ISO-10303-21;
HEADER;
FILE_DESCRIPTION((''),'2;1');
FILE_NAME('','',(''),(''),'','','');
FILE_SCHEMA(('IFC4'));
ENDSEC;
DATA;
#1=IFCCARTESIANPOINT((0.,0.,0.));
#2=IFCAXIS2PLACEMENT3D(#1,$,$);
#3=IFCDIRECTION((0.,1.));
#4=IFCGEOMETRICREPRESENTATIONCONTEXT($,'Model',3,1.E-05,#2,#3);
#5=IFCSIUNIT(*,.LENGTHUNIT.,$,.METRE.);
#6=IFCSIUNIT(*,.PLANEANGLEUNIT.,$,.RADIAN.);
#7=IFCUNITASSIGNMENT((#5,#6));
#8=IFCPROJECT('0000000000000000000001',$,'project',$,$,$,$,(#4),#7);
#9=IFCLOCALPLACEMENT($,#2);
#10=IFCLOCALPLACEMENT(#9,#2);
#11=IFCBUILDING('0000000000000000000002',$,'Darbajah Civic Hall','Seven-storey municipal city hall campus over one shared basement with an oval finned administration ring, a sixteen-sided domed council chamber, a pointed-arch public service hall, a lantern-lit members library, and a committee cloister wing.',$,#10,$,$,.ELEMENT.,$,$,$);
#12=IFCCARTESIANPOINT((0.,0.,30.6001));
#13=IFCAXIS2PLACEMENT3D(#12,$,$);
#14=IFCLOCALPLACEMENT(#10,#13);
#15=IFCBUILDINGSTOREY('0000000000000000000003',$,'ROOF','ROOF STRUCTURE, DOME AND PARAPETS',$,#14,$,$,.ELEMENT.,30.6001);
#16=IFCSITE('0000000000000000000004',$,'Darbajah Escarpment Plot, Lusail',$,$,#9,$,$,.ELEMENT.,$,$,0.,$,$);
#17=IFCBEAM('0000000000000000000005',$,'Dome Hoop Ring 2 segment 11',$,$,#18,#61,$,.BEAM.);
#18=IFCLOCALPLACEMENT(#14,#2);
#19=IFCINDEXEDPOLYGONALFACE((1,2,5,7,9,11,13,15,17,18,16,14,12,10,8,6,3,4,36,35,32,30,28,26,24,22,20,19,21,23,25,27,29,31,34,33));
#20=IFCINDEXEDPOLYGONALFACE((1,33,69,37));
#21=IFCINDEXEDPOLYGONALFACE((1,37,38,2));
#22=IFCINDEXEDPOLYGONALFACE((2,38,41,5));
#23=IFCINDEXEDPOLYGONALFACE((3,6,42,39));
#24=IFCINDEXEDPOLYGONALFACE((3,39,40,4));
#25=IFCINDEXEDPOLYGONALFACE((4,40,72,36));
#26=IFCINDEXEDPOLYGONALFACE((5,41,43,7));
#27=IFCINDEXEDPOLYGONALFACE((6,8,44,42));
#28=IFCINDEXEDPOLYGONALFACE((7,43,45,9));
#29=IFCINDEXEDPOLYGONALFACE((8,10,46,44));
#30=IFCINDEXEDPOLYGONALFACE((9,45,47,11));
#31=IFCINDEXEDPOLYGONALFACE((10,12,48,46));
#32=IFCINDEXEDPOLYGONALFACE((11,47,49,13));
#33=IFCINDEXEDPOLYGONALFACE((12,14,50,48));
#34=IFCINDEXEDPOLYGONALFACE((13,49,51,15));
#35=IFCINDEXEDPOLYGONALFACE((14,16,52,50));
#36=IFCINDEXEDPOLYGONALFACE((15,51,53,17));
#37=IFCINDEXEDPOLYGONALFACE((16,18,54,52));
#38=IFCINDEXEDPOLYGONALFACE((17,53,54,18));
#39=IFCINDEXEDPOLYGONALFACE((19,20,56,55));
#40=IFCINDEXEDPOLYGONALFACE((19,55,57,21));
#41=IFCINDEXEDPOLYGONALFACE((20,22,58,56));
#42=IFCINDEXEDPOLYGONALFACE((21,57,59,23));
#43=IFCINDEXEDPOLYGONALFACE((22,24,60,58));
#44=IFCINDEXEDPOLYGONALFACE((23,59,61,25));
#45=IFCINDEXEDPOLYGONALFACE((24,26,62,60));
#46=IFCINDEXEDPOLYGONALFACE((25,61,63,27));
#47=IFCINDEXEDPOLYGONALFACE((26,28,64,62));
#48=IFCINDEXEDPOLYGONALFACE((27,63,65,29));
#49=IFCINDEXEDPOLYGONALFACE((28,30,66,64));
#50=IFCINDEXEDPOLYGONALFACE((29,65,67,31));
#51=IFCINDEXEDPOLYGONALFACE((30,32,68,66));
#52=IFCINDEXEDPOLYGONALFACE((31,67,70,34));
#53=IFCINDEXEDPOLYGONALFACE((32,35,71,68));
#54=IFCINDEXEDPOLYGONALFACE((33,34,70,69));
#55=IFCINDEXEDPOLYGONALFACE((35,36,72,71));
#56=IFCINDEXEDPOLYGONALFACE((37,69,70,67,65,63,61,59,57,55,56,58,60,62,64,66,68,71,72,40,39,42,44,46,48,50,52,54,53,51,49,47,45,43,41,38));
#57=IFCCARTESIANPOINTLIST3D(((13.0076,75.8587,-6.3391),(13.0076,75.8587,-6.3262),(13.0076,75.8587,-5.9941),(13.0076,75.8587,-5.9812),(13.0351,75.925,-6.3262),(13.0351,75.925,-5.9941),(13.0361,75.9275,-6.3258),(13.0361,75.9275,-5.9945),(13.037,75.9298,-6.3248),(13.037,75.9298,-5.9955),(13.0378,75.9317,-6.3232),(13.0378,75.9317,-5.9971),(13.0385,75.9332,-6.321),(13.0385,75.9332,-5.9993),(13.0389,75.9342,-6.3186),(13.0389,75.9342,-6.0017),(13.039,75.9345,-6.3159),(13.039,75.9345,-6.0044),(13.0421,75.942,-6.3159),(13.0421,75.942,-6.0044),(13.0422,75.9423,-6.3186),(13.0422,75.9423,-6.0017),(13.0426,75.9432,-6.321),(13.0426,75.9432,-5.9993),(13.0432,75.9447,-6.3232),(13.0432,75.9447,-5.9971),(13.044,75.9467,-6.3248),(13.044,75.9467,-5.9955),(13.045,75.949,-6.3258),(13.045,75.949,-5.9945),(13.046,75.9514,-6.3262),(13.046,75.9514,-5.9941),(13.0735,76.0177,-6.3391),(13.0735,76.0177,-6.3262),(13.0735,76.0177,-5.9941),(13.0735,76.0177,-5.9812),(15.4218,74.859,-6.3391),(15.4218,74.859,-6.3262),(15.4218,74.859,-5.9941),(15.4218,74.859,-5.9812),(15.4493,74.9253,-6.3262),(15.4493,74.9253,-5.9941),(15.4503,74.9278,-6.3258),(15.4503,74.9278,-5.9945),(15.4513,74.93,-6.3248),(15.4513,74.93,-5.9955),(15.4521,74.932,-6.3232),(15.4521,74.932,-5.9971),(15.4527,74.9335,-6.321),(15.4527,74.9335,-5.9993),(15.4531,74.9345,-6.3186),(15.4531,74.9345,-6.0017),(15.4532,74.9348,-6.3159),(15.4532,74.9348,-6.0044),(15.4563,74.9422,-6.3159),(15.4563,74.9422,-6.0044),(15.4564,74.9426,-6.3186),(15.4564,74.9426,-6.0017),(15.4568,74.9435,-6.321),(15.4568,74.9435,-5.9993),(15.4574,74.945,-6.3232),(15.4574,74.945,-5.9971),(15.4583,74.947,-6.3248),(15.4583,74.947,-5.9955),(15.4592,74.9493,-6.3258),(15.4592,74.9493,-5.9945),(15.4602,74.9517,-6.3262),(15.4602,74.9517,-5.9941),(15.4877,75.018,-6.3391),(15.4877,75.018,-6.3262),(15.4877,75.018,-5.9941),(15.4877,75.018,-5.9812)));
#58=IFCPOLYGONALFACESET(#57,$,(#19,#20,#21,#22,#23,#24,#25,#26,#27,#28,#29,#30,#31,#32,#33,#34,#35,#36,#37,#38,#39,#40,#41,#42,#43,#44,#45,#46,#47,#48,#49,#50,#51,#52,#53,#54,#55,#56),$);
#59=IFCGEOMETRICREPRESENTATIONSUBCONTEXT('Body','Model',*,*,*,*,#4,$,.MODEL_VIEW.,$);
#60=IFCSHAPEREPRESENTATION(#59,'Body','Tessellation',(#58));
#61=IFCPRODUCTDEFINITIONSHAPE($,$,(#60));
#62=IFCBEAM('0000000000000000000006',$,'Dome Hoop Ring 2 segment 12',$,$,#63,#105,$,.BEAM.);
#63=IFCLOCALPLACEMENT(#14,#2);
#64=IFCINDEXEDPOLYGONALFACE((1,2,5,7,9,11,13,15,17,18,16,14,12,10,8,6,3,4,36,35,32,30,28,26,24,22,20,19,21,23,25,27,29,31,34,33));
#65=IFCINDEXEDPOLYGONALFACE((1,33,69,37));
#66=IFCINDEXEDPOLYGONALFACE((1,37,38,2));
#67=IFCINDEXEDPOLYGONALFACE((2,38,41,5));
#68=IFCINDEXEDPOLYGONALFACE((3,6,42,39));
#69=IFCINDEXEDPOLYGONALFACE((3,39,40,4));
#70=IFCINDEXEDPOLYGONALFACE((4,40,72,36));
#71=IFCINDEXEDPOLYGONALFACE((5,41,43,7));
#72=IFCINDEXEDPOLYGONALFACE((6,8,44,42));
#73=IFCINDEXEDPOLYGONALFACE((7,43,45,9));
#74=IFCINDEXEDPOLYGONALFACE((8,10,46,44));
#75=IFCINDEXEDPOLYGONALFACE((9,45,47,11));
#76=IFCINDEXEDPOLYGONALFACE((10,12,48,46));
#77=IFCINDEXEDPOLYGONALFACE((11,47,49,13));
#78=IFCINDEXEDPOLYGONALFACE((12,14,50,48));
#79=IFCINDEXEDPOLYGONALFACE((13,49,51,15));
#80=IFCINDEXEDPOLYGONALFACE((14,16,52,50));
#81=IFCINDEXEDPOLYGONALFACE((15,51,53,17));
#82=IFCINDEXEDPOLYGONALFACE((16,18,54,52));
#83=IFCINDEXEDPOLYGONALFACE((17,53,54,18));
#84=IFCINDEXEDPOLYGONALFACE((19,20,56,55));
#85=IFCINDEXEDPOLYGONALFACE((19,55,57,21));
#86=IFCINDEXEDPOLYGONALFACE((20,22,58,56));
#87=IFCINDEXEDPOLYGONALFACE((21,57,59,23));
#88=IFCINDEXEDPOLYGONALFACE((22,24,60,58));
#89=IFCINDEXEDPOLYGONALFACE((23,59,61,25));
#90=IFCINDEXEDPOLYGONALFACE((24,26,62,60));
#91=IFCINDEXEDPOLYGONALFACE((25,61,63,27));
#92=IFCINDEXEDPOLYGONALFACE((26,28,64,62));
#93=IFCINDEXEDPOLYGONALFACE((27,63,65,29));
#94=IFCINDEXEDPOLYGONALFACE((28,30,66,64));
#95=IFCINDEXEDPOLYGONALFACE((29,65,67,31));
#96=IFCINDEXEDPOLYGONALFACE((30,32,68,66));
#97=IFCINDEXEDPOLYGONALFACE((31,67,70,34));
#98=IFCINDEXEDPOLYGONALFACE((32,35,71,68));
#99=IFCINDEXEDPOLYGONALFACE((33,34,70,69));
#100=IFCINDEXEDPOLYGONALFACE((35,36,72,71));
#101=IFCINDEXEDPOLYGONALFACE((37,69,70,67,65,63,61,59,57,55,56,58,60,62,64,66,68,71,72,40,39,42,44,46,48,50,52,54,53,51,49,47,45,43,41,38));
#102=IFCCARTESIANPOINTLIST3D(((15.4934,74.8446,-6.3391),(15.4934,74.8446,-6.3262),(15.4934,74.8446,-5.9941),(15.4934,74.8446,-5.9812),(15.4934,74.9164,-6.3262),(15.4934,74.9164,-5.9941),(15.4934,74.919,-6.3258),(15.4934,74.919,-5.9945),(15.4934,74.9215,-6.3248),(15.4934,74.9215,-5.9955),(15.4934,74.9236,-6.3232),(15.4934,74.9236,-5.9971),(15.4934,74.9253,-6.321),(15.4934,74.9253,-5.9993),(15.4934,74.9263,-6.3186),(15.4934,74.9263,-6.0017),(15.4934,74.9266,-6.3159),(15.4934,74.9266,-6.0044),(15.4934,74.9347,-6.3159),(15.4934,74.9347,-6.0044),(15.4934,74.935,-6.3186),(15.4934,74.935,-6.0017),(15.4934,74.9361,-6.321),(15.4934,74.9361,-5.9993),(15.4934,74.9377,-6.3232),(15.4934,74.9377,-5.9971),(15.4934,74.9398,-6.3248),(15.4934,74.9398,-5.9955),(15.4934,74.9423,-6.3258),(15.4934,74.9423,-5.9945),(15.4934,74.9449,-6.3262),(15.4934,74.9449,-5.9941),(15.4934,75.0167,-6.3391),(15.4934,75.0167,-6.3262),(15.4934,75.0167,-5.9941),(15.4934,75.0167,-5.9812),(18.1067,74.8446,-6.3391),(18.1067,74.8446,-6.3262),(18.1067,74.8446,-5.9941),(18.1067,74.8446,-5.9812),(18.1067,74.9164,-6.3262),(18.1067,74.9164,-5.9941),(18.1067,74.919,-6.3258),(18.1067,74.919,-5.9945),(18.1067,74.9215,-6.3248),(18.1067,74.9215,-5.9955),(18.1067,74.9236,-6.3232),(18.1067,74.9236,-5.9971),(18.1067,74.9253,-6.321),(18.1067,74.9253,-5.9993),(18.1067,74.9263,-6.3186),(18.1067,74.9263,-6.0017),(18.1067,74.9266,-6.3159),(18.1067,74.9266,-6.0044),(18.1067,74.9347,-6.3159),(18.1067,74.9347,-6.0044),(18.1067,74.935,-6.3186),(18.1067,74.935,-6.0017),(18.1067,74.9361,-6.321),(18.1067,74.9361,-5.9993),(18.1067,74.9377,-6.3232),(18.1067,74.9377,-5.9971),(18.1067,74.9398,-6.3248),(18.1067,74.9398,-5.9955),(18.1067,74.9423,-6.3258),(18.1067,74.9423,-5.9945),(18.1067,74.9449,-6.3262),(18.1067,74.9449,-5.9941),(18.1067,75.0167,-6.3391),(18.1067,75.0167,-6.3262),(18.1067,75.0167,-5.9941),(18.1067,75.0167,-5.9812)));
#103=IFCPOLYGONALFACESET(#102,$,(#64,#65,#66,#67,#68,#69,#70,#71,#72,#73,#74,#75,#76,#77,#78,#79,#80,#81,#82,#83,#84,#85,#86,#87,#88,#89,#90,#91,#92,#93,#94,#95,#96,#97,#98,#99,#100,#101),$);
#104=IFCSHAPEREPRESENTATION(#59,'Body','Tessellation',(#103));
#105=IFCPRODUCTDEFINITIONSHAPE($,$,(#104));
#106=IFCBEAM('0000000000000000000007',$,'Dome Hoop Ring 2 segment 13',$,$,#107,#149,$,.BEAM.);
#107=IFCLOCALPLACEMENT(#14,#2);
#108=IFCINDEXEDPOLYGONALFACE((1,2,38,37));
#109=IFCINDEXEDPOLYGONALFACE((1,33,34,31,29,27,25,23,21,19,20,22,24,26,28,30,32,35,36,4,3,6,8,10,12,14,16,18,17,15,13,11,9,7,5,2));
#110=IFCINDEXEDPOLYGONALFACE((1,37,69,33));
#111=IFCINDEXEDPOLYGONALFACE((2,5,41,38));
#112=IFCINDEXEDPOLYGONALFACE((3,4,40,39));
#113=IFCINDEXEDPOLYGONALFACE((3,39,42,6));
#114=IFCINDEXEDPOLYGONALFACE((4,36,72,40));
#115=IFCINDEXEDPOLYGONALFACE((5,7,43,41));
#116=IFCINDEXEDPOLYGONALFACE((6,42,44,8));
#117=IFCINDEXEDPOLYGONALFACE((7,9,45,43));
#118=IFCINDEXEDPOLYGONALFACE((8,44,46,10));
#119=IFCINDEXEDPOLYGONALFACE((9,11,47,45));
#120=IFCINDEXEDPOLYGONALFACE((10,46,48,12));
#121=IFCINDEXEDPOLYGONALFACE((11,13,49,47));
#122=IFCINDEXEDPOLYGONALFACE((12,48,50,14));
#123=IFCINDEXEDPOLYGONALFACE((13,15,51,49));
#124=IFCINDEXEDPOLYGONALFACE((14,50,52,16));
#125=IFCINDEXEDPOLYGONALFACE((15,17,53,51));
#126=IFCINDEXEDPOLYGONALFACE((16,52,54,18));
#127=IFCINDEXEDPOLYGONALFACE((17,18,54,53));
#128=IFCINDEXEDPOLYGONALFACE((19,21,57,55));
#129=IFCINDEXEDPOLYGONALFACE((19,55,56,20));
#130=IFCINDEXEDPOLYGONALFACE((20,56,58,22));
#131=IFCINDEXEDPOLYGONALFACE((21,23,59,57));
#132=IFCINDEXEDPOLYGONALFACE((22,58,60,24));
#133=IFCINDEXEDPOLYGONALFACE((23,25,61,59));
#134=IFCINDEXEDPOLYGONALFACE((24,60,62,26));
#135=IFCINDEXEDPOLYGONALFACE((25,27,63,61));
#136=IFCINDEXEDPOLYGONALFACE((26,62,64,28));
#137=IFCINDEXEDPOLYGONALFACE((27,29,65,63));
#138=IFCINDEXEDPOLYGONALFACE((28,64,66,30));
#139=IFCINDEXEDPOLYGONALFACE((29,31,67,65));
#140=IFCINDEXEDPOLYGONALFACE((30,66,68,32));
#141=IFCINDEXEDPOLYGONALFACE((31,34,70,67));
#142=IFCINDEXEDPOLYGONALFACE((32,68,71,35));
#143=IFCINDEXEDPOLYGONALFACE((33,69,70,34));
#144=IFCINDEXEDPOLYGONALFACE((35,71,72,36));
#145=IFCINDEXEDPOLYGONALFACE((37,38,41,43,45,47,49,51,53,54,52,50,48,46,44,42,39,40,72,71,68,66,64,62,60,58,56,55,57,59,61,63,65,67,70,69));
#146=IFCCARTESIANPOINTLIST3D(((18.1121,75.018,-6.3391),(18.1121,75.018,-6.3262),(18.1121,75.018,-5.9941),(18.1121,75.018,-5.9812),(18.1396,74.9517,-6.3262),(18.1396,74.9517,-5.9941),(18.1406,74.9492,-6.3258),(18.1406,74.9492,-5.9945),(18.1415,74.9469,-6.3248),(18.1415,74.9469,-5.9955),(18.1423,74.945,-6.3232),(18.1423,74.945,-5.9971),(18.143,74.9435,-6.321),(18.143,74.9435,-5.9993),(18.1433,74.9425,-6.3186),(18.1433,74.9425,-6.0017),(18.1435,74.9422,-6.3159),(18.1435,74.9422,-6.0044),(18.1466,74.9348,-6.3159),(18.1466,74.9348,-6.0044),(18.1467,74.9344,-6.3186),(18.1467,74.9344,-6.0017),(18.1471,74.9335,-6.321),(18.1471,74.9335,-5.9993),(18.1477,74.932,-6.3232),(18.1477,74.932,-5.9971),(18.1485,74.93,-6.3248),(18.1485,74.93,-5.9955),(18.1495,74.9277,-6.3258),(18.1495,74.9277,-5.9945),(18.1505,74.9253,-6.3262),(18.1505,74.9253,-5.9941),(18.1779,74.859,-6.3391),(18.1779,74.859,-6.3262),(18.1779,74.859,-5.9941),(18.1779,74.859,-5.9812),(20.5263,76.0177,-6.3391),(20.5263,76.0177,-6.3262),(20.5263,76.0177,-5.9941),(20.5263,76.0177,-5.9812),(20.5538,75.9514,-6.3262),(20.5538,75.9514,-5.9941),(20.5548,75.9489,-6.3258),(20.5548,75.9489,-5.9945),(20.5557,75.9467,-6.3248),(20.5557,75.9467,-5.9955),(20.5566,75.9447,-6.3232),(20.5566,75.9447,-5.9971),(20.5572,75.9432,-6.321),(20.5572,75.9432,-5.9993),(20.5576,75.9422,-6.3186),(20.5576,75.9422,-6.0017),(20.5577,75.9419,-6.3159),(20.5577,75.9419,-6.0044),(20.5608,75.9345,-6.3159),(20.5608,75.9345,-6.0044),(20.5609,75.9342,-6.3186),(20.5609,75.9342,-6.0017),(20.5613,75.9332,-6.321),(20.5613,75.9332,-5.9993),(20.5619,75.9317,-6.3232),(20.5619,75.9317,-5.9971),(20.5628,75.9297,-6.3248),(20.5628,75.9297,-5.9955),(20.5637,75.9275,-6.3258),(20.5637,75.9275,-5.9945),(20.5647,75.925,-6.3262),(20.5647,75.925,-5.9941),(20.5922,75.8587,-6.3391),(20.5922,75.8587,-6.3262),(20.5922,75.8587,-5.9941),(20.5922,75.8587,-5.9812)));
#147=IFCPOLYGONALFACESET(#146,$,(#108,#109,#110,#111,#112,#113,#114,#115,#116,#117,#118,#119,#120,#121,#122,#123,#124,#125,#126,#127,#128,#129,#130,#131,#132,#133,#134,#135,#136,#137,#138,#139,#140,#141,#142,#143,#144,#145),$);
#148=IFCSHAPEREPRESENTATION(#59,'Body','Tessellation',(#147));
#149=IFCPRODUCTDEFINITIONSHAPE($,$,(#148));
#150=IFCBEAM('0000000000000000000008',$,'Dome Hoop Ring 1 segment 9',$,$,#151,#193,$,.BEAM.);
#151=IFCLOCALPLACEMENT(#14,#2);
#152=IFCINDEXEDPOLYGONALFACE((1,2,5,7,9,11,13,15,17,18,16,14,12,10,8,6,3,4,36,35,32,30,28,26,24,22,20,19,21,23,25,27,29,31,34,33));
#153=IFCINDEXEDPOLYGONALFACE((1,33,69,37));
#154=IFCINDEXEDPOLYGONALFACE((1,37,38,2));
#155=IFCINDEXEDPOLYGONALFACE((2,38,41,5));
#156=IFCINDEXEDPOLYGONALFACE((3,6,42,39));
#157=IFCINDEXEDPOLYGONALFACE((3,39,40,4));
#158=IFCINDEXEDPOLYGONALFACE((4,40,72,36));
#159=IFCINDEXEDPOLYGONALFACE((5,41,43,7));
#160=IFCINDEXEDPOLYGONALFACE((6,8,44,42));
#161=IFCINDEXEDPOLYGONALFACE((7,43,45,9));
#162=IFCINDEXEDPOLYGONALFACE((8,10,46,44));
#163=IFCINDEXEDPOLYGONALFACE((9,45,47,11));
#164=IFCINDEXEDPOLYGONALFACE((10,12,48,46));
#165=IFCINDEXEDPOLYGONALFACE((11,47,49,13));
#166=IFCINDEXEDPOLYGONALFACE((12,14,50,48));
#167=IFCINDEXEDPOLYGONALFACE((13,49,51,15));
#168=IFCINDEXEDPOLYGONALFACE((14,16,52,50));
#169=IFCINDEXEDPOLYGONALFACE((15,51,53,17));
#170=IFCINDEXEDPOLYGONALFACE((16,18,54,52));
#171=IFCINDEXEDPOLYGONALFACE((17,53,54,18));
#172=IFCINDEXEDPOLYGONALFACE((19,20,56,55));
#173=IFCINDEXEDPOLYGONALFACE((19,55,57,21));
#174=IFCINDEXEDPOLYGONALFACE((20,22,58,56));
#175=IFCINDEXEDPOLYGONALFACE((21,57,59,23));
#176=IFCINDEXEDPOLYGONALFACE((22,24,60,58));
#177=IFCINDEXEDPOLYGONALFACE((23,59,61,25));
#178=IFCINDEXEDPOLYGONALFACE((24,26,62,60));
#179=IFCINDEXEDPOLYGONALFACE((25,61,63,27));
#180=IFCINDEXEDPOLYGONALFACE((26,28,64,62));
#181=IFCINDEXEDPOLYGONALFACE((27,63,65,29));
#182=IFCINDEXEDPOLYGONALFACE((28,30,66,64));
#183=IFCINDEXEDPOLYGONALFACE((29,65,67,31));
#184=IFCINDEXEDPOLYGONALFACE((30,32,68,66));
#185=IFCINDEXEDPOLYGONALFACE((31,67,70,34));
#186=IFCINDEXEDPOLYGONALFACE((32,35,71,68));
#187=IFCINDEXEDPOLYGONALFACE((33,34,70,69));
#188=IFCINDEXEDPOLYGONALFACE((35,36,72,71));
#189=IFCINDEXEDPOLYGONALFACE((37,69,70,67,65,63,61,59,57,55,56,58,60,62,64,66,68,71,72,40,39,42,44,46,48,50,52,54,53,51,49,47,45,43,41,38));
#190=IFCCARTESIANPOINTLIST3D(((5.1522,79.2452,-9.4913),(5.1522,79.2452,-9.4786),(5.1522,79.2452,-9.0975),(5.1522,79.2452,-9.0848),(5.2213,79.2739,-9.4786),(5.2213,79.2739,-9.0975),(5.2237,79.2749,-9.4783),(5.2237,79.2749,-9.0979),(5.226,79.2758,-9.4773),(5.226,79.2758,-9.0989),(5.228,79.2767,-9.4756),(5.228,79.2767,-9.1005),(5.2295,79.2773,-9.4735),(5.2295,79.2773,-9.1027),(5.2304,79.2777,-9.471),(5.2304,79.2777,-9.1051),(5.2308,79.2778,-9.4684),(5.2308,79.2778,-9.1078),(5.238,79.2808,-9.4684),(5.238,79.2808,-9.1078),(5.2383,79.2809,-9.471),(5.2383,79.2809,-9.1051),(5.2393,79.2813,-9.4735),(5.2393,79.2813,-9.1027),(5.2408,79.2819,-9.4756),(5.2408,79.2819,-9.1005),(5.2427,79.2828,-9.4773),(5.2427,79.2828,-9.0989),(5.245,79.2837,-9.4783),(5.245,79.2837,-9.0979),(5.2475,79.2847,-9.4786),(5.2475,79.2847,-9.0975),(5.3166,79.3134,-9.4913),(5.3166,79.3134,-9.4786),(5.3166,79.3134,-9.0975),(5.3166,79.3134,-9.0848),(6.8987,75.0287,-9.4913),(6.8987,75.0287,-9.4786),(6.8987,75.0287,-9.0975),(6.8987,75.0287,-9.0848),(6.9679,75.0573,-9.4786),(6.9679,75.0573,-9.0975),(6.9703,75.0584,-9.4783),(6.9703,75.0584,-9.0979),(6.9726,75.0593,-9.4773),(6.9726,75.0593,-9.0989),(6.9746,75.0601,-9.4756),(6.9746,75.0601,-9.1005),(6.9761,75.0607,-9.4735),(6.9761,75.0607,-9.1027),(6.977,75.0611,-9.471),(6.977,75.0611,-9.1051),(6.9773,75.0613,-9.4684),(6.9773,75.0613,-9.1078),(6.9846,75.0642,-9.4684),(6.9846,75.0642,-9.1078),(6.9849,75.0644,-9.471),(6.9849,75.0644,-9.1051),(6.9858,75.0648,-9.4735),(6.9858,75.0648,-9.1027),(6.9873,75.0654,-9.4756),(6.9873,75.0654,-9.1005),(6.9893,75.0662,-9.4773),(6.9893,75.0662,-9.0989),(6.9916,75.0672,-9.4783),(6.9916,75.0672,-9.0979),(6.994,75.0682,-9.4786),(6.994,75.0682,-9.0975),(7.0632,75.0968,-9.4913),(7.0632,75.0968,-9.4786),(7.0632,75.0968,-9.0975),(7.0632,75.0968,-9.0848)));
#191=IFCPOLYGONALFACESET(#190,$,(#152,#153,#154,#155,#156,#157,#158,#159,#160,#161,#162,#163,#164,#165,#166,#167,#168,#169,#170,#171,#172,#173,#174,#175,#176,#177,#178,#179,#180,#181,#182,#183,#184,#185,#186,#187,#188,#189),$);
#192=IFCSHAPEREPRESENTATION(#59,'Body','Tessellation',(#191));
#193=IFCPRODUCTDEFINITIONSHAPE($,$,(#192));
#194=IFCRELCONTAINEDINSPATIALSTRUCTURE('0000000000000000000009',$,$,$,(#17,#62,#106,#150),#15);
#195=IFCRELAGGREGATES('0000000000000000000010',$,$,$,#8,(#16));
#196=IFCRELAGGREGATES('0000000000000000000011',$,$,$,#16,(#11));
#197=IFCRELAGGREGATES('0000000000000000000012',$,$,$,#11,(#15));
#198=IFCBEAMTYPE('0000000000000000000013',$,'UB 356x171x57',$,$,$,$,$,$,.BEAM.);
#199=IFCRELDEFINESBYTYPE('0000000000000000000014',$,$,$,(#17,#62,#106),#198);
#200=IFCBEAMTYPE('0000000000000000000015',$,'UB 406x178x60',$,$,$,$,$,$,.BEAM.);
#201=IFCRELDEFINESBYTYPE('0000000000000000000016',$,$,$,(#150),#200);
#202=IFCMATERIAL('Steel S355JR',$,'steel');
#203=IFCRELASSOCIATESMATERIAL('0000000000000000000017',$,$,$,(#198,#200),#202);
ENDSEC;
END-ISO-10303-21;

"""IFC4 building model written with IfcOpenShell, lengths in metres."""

from ifc_helpers import new_model, si_unit, direction, frame, origin, origin_2d, place, context, subcontext, project, spatial, i_section, extrude, material, material_profile, profile_set, type_object, element, save


model = new_model("IFC4")

# Units and contexts
model_context = context("Model", 3, precision=1e-05, world=origin(), true_north=direction((0.0, 1.0)))
body_context = subcontext(model_context, "Body", "Model", "MODEL_VIEW")
ifc_project = project(units=[si_unit("LENGTHUNIT", "METRE"), si_unit("PLANEANGLEUNIT", "RADIAN")], contexts=[model_context])

# Site, building, storey
site_placement = place(None, origin())
site = spatial("IfcSite", under=ifc_project, at=site_placement, Name="Darbajah Escarpment Plot, Lusail", CompositionType="ELEMENT", RefElevation=0.0)
building_placement = place(site_placement, origin())
building = spatial("IfcBuilding", under=site, at=building_placement, Name="Darbajah Civic Hall", Description="Seven-storey municipal city hall campus over one shared basement with an oval finned administration ring, a sixteen-sided domed council chamber, a pointed-arch public service hall, a lantern-lit members library, and a committee cloister wing.", CompositionType="ELEMENT")
storey_placement = place(building_placement, frame((0.0, 0.0, 30.6001)))
storey = spatial("IfcBuildingStorey", under=building, at=storey_placement, Name="ROOF", Description="ROOF STRUCTURE, DOME AND PARAPETS", CompositionType="ELEMENT", Elevation=30.6001)

# Shared definitions
ifc_material = material(Name="Steel S355JR", Category="steel")

# Beams
ifc_material_profile_1 = material_profile(ifc_material, i_section(OverallWidth=0.1721, OverallDepth=0.3579, WebThickness=0.0081, FlangeThickness=0.0129, FilletRadius=0.0103, at=origin_2d()), Name="UB 356x171x57")
ifc_profile_set_1 = profile_set([ifc_material_profile_1], Name="Steel S355JR")
beam_type_1 = type_object("IfcBeamType", Name="UB 356x171x57", PredefinedType="BEAM", material=ifc_profile_set_1)
beam_1_placement = place(storey_placement, frame((13.0405, 75.9382, -6.1602), z_axis=(0.923918, -0.382591, 0.0), x_axis=(0.382591, 0.923918, 0.0)))
element("IfcBeam", 1, at=beam_1_placement, inside=storey, type_object=beam_type_1, Name="Dome Hoop Ring 2 segment 11", PredefinedType="BEAM", context=body_context, shape_type="SweptSolid", body=[
    extrude(i_section(OverallWidth=0.1721, OverallDepth=0.3579, WebThickness=0.0081, FlangeThickness=0.0129, FilletRadius=0.0103, at=origin_2d()), origin(), (0.0, 0.0, 1.0), 2.613),
])
beam_2_placement = place(storey_placement, frame((15.4934, 74.9307, -6.1602), z_axis=(1.0, 0.0, 0.0), x_axis=(0.0, 1.0, 0.0)))
element("IfcBeam", 2, at=beam_2_placement, inside=storey, type_object=beam_type_1, Name="Dome Hoop Ring 2 segment 12", PredefinedType="BEAM", context=body_context, shape_type="SweptSolid", body=[
    extrude(i_section(OverallWidth=0.1721, OverallDepth=0.3579, WebThickness=0.0081, FlangeThickness=0.0129, FilletRadius=0.0103, at=origin_2d()), origin(), (0.0, 0.0, 1.0), 2.6133),
])
beam_3_placement = place(storey_placement, frame((18.145, 74.9385, -6.1602), z_axis=(0.923918, 0.382591, 0.0), x_axis=(-0.382591, 0.923918, 0.0)))
element("IfcBeam", 3, at=beam_3_placement, inside=storey, type_object=beam_type_1, Name="Dome Hoop Ring 2 segment 13", PredefinedType="BEAM", context=body_context, shape_type="SweptSolid", body=[
    extrude(i_section(OverallWidth=0.1721, OverallDepth=0.3579, WebThickness=0.0081, FlangeThickness=0.0129, FilletRadius=0.0103, at=origin_2d()), origin(), (0.0, 0.0, 1.0), 2.613),
])
ifc_material_profile_2 = material_profile(ifc_material, i_section(OverallWidth=0.178, OverallDepth=0.4065, WebThickness=0.0078, FlangeThickness=0.0127, FilletRadius=0.0103, at=origin_2d()), Name="UB 406x178x60")
ifc_profile_set_2 = profile_set([ifc_material_profile_2], Name="Steel S355JR")
beam_type_2 = type_object("IfcBeamType", Name="UB 406x178x60", PredefinedType="BEAM", material=ifc_profile_set_2)
beam_4_placement = place(storey_placement, frame((5.2344, 79.2793, -9.2881), z_axis=(0.382689, -0.923877, 0.0), x_axis=(0.923877, 0.382689, 0.0)))
element("IfcBeam", 4, at=beam_4_placement, inside=storey, type_object=beam_type_2, Name="Dome Hoop Ring 1 segment 9", PredefinedType="BEAM", context=body_context, shape_type="SweptSolid", body=[
    extrude(i_section(OverallWidth=0.178, OverallDepth=0.4065, WebThickness=0.0078, FlangeThickness=0.0127, FilletRadius=0.0103, at=origin_2d()), origin(), (0.0, 0.0, 1.0), 4.564),
])

save(model, "model.ifc")
